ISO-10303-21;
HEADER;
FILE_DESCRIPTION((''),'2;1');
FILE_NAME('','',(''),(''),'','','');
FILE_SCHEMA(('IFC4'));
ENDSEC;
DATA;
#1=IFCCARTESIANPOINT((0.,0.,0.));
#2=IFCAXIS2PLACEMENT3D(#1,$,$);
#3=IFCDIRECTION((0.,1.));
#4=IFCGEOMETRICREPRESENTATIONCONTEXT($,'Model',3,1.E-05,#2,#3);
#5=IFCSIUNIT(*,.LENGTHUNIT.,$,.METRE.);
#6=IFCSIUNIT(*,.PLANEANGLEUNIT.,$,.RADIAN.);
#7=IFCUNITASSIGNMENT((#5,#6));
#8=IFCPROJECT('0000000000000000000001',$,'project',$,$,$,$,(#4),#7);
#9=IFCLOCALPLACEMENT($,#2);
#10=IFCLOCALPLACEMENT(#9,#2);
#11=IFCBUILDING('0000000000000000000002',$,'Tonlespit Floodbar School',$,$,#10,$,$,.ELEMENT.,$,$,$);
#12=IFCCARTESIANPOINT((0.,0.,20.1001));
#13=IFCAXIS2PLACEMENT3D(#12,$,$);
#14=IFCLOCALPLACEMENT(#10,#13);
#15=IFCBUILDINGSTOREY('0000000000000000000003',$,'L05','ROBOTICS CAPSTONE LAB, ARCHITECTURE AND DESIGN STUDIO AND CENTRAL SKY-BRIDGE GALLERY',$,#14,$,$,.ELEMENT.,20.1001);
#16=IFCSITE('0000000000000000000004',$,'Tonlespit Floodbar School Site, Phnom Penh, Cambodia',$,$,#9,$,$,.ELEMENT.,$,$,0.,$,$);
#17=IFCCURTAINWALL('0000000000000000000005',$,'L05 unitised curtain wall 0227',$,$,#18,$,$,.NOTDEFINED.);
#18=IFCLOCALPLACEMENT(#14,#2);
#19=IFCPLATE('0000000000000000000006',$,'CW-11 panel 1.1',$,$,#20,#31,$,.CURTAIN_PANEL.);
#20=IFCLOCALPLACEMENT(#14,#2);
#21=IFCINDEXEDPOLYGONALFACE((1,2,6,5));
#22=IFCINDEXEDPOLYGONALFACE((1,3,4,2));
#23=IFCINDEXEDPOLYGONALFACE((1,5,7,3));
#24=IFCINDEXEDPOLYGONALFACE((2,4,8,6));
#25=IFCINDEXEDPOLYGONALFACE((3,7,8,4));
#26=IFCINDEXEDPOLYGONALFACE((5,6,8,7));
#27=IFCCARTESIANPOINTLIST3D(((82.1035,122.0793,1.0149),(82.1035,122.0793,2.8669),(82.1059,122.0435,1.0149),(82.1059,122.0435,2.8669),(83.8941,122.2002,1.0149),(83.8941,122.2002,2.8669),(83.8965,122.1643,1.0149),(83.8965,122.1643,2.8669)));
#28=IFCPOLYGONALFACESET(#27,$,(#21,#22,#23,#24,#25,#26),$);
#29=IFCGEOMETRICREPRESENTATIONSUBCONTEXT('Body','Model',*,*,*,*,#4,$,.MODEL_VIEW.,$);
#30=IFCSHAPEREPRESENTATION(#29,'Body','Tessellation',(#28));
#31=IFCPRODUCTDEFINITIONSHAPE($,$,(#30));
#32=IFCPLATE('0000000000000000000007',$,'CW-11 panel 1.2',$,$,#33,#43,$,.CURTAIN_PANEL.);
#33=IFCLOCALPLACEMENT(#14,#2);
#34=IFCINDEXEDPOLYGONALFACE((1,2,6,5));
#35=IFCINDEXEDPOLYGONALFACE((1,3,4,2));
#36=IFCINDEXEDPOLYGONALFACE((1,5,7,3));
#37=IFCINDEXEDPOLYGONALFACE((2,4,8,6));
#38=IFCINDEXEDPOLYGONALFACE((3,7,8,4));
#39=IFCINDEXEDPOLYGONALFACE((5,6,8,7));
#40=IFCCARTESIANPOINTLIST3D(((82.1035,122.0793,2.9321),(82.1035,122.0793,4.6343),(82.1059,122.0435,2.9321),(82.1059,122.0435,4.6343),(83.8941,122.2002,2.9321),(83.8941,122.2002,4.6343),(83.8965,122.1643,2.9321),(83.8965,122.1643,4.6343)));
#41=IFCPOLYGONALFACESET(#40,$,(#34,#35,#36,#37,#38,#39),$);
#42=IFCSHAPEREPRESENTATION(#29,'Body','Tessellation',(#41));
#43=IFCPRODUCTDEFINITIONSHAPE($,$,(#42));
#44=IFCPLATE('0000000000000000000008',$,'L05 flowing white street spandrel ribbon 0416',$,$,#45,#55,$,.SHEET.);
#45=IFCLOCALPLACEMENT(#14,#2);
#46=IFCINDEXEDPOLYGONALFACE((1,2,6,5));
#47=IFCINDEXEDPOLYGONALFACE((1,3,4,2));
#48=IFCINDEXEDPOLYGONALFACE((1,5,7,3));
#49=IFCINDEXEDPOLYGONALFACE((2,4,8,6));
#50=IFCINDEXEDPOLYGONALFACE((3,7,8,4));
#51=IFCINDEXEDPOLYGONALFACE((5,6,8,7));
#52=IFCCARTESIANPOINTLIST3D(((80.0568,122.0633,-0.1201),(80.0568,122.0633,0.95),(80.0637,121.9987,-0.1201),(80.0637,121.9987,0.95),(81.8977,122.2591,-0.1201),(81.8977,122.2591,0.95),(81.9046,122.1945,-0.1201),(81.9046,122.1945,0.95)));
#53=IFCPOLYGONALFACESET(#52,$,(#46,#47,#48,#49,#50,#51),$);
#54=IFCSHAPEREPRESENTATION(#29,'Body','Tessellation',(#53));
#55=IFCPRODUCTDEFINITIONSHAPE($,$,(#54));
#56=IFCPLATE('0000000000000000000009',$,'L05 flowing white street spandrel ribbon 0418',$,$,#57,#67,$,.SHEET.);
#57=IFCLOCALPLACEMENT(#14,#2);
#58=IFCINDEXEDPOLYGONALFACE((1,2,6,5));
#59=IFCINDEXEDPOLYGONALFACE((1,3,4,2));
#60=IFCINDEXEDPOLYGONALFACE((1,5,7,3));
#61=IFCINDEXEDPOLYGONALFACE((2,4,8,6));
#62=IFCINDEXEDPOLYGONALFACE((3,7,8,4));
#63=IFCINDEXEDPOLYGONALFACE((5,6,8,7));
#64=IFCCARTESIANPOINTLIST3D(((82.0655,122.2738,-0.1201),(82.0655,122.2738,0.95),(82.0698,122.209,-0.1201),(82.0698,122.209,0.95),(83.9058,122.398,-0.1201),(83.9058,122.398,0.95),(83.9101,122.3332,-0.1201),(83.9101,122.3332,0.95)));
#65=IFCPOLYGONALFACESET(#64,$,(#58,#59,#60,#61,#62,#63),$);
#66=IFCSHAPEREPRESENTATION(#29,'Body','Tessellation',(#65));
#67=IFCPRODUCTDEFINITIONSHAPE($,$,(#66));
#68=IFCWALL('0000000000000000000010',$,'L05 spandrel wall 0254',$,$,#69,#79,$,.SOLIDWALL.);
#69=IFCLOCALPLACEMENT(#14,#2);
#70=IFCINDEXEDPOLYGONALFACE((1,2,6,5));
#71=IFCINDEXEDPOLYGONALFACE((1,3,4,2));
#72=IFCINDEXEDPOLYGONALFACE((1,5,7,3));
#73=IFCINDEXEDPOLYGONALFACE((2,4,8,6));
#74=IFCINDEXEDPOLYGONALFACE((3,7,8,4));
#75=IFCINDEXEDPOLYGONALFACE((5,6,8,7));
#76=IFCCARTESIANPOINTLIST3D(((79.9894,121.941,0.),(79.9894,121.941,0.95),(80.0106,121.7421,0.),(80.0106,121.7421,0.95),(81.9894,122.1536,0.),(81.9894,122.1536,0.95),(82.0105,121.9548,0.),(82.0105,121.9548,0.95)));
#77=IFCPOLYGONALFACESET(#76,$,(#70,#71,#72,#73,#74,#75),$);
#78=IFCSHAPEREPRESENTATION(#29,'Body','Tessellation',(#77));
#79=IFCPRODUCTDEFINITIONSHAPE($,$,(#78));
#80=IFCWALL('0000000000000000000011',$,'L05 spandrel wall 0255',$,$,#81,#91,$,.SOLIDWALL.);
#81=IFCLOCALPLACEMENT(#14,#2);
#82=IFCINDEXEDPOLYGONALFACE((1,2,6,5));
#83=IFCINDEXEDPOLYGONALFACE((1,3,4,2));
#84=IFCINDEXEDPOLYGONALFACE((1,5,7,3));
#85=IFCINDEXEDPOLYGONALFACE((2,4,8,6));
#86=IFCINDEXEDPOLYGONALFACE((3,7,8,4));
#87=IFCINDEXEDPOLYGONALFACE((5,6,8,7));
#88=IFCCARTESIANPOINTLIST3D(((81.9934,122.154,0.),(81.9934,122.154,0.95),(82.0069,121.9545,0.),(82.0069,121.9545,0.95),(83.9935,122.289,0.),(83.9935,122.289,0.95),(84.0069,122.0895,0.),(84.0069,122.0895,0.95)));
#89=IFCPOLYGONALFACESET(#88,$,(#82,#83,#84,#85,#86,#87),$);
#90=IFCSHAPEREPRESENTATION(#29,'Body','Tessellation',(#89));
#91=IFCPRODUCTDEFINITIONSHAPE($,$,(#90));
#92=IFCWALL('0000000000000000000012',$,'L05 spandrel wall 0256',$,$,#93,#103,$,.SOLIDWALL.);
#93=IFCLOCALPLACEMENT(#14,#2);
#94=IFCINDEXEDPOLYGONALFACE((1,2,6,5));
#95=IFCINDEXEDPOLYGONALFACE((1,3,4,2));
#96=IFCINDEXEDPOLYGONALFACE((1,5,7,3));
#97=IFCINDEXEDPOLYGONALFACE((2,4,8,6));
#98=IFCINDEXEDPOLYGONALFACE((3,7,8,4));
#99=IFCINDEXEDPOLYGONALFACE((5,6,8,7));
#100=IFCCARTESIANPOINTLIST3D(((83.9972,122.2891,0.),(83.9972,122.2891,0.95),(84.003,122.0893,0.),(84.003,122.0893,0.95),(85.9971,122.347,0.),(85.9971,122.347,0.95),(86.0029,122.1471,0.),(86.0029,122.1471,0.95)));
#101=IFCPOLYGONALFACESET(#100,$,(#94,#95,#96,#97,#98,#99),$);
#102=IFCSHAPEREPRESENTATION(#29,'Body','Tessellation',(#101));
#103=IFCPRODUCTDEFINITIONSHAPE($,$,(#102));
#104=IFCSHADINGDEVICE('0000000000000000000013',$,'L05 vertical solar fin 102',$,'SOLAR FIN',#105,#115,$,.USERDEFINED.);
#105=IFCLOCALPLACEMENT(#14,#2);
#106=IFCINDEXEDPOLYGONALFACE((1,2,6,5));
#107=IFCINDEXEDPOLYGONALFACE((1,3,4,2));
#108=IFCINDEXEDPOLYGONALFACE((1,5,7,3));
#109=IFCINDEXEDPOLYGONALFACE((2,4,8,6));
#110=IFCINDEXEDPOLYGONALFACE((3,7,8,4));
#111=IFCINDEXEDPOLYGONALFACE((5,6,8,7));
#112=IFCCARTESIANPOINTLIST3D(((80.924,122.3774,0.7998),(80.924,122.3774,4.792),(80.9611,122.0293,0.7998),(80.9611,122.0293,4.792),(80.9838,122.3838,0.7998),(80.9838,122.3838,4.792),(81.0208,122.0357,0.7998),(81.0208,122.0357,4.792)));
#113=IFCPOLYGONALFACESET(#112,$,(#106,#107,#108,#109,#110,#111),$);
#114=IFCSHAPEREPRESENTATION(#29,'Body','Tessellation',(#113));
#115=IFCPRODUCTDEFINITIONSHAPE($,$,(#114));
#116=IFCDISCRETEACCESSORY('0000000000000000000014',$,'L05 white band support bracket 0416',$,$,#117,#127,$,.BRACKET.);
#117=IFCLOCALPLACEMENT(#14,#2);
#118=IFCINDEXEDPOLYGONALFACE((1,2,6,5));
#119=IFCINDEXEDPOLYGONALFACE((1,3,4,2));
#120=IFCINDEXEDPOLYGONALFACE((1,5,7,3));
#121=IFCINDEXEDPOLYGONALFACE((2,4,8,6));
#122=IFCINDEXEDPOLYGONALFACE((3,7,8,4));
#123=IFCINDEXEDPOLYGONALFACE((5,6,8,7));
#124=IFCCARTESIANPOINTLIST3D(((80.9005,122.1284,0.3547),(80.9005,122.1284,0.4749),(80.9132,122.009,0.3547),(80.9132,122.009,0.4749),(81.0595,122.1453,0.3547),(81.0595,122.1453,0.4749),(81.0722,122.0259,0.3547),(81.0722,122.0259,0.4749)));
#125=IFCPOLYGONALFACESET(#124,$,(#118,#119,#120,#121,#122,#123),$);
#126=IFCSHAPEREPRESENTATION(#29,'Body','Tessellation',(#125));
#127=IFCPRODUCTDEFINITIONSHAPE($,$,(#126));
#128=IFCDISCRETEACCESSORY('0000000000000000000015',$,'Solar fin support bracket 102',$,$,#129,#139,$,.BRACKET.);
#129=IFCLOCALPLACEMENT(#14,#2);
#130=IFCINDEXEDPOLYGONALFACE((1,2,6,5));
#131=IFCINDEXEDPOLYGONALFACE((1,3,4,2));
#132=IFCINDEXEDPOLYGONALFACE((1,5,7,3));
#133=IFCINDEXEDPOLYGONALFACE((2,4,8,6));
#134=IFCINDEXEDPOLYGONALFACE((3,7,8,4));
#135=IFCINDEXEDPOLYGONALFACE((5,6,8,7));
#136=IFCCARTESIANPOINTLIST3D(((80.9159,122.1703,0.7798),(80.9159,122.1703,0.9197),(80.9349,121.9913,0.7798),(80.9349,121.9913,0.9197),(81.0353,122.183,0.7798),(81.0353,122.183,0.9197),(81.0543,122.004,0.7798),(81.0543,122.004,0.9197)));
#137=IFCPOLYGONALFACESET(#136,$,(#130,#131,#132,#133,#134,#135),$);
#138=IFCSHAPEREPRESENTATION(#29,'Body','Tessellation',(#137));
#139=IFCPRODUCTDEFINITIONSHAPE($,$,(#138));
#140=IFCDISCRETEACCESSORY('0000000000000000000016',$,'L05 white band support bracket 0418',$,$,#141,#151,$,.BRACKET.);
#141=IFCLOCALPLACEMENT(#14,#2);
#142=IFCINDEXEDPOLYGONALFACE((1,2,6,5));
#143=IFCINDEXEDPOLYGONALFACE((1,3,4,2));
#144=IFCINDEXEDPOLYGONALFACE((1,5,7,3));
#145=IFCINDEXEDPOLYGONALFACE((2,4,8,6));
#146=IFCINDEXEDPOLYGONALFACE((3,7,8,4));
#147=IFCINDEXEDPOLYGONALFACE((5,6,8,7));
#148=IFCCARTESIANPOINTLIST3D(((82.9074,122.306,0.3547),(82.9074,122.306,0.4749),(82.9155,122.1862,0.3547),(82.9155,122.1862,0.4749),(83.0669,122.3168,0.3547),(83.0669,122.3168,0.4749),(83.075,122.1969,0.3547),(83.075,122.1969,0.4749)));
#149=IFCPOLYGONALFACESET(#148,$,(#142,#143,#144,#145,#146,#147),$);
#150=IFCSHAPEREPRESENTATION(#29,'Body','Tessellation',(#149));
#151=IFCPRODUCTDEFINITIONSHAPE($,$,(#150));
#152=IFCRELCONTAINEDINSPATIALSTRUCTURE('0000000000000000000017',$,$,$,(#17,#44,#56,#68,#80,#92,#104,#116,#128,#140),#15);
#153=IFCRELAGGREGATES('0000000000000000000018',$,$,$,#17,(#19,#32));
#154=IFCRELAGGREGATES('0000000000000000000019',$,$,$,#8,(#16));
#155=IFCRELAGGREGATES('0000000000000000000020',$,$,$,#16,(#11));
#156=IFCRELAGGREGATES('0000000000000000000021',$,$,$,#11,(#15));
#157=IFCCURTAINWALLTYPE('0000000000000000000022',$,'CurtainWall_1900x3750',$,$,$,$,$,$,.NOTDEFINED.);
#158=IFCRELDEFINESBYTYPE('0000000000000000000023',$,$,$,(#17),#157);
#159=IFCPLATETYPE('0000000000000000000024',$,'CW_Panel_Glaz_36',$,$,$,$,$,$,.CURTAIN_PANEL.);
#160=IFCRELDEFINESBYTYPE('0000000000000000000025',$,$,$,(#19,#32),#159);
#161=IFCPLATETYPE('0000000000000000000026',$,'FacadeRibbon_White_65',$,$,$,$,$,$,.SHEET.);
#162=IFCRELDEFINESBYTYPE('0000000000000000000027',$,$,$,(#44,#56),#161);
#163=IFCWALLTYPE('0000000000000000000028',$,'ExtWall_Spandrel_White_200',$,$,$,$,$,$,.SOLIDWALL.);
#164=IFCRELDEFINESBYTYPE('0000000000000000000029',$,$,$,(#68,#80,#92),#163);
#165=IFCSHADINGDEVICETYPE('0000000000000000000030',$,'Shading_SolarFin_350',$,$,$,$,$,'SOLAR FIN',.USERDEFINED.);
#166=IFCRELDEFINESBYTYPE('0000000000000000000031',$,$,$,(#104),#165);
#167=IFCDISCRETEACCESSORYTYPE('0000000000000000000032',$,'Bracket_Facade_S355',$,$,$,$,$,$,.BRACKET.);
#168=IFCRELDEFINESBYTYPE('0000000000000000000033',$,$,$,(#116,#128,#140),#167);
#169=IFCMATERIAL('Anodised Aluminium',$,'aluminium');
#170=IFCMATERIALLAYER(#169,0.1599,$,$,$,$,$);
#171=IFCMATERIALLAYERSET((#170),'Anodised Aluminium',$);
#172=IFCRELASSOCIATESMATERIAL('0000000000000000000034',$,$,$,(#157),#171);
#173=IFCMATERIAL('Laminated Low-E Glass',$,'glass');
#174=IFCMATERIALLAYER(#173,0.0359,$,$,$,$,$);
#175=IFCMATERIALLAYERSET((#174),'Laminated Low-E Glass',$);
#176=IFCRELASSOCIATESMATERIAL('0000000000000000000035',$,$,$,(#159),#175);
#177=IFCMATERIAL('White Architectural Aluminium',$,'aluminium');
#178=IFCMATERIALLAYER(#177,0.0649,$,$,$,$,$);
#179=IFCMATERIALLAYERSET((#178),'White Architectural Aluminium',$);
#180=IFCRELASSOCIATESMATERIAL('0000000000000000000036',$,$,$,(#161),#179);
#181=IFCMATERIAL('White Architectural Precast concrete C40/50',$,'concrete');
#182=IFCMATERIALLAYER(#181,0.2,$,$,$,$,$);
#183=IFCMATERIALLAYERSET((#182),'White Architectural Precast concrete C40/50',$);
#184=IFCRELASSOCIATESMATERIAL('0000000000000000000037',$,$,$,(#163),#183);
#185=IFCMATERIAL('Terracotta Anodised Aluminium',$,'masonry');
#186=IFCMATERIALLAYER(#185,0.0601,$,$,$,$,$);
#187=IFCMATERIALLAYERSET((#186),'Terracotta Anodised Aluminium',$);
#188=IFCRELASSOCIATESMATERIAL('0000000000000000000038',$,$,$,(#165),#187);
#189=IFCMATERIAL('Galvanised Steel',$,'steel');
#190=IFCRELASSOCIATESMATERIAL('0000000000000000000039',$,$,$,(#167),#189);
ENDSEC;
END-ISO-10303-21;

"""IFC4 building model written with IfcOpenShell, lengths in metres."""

from ifc_helpers import new_model, si_unit, direction, frame, frame_2d, origin, origin_2d, place, context, subcontext, project, spatial, rectangle, extrude, material, layer, layer_set, type_object, element, aggregate, save


model = new_model("IFC4")

# Units and contexts
model_context = context("Model", 3, precision=1e-05, world=origin(), true_north=direction((0.0, 1.0)))
body_context = subcontext(model_context, "Body", "Model", "MODEL_VIEW")
ifc_project = project(units=[si_unit("LENGTHUNIT", "METRE"), si_unit("PLANEANGLEUNIT", "RADIAN")], contexts=[model_context])

# Site, building, storey
site_placement = place(None, origin())
site = spatial("IfcSite", under=ifc_project, at=site_placement, Name="Tonlespit Floodbar School Site, Phnom Penh, Cambodia", CompositionType="ELEMENT", RefElevation=0.0)
building_placement = place(site_placement, origin())
building = spatial("IfcBuilding", under=site, at=building_placement, Name="Tonlespit Floodbar School", CompositionType="ELEMENT")
storey_placement = place(building_placement, frame((0.0, 0.0, 20.1001)))
storey = spatial("IfcBuildingStorey", under=building, at=storey_placement, Name="L05", Description="ROBOTICS CAPSTONE LAB, ARCHITECTURE AND DESIGN STUDIO AND CENTRAL SKY-BRIDGE GALLERY", CompositionType="ELEMENT", Elevation=20.1001)

# Shared definitions
ifc_material_1 = material(Name="Anodised Aluminium", Category="aluminium")

# Curtain wall
ifc_layer_1 = layer(ifc_material_1, 0.1599)
ifc_layer_set_1 = layer_set([ifc_layer_1], Name="Anodised Aluminium")
curtain_wall_type_1 = type_object("IfcCurtainWallType", Name="CurtainWall_1900x3750", PredefinedType="NOTDEFINED", material=ifc_layer_set_1)
curtain_wall_1_placement = place(storey_placement, origin())
curtain_wall_1 = element("IfcCurtainWall", 1, at=curtain_wall_1_placement, inside=storey, type_object=curtain_wall_type_1, Name="L05 unitised curtain wall 0227", PredefinedType="NOTDEFINED")

# Plates
ifc_material_2 = material(Name="Laminated Low-E Glass", Category="glass")
ifc_layer_2 = layer(ifc_material_2, 0.0359)
ifc_layer_set_2 = layer_set([ifc_layer_2], Name="Laminated Low-E Glass")
plate_type_1 = type_object("IfcPlateType", Name="CW_Panel_Glaz_36", PredefinedType="CURTAIN_PANEL", material=ifc_layer_set_2)
plate_1_placement = place(storey_placement, frame((83.0, 122.1218, 1.0149), z_axis=(0.0, 0.0, 1.0), x_axis=(0.99773, 0.06734, 0.0)))
plate_1 = element("IfcPlate", 2, at=plate_1_placement, type_object=plate_type_1, Name="CW-11 panel 1.1", PredefinedType="CURTAIN_PANEL", context=body_context, shape_type="SweptSolid", body=[
    extrude(rectangle(XDim=1.7947, YDim=0.0359, at=origin_2d()), origin(), (0.0, 0.0, 1.0), 1.8521),
])
plate_2_placement = place(storey_placement, frame((83.0, 122.1218, 2.9321), z_axis=(0.0, 0.0, 1.0), x_axis=(0.99773, 0.06734, 0.0)))
plate_2 = element("IfcPlate", 3, at=plate_2_placement, type_object=plate_type_1, Name="CW-11 panel 1.2", PredefinedType="CURTAIN_PANEL", context=body_context, shape_type="SweptSolid", body=[
    extrude(rectangle(XDim=1.7947, YDim=0.0359, at=origin_2d()), origin(), (0.0, 0.0, 1.0), 1.7021),
])
aggregate(curtain_wall_1, [plate_1, plate_2])

# Plates
ifc_material_3 = material(Name="White Architectural Aluminium", Category="aluminium")
ifc_layer_3 = layer(ifc_material_3, 0.0649)
ifc_layer_set_3 = layer_set([ifc_layer_3], Name="White Architectural Aluminium")
plate_type_2 = type_object("IfcPlateType", Name="FacadeRibbon_White_65", PredefinedType="SHEET", material=ifc_layer_set_3)
plate_3_placement = place(storey_placement, frame((80.9807, 122.1289, -0.1201), z_axis=(0.0, 0.0, 1.0), x_axis=(0.994392, 0.105754, 0.0)))
element("IfcPlate", 4, at=plate_3_placement, inside=storey, type_object=plate_type_2, Name="L05 flowing white street spandrel ribbon 0416", PredefinedType="SHEET", context=body_context, shape_type="SweptSolid", body=[
    extrude(rectangle(XDim=1.8513, YDim=0.0649, at=origin_2d()), origin(), (0.0, 0.0, 1.0), 1.0701),
])
plate_4_placement = place(storey_placement, frame((82.9878, 122.3035, -0.1201), z_axis=(0.0, 0.0, 1.0), x_axis=(0.99773, 0.067347, 0.0)))
element("IfcPlate", 5, at=plate_4_placement, inside=storey, type_object=plate_type_2, Name="L05 flowing white street spandrel ribbon 0418", PredefinedType="SHEET", context=body_context, shape_type="SweptSolid", body=[
    extrude(rectangle(XDim=1.8445, YDim=0.0649, at=origin_2d()), origin(), (0.0, 0.0, 1.0), 1.0701),
])

# Walls
ifc_material_4 = material(Name="White Architectural Precast concrete C40/50", Category="concrete")
ifc_layer_4 = layer(ifc_material_4, 0.2)
ifc_layer_set_4 = layer_set([ifc_layer_4], Name="White Architectural Precast concrete C40/50")
wall_type = type_object("IfcWallType", Name="ExtWall_Spandrel_White_200", PredefinedType="SOLIDWALL", material=ifc_layer_set_4)
wall_1_placement = place(storey_placement, frame((80.0, 121.8416, 0.0), z_axis=(0.0, 0.0, 1.0), x_axis=(0.994395, 0.105727, 0.0)))
element("IfcWall", 6, at=wall_1_placement, inside=storey, type_object=wall_type, Name="L05 spandrel wall 0254", PredefinedType="SOLIDWALL", context=body_context, shape_type="SweptSolid", body=[
    extrude(rectangle(XDim=2.0112, YDim=0.2, at=frame_2d((1.0056, 0.0))), origin(), (0.0, 0.0, 1.0), 0.95),
])
wall_2_placement = place(storey_placement, frame((82.0, 122.0542, 0.0), z_axis=(0.0, 0.0, 1.0), x_axis=(0.997729, 0.067352, 0.0)))
element("IfcWall", 7, at=wall_2_placement, inside=storey, type_object=wall_type, Name="L05 spandrel wall 0255", PredefinedType="SOLIDWALL", context=body_context, shape_type="SweptSolid", body=[
    extrude(rectangle(XDim=2.0046, YDim=0.2, at=frame_2d((1.0024, 0.0))), origin(), (0.0, 0.0, 1.0), 0.95),
])
wall_3_placement = place(storey_placement, frame((84.0, 122.1892, 0.0), z_axis=(0.0, 0.0, 1.0), x_axis=(0.999582, 0.028919, 0.0)))
element("IfcWall", 8, at=wall_3_placement, inside=storey, type_object=wall_type, Name="L05 spandrel wall 0256", PredefinedType="SOLIDWALL", context=body_context, shape_type="SweptSolid", body=[
    extrude(rectangle(XDim=2.0007, YDim=0.2, at=frame_2d((1.0005, 0.0))), origin(), (0.0, 0.0, 1.0), 0.95),
])

# Shading device
ifc_material_5 = material(Name="Terracotta Anodised Aluminium", Category="masonry")
ifc_layer_5 = layer(ifc_material_5, 0.0601)
ifc_layer_set_5 = layer_set([ifc_layer_5], Name="Terracotta Anodised Aluminium")
shading_device_type = type_object("IfcShadingDeviceType", Name="Shading_SolarFin_350", ElementType="SOLAR FIN", PredefinedType="USERDEFINED", material=ifc_layer_set_5)
shading_device_placement = place(storey_placement, frame((80.9724, 122.2065, 0.7998), z_axis=(0.0, 0.0, 1.0), x_axis=(0.994392, 0.105754, 0.0)))
element("IfcShadingDevice", 9, at=shading_device_placement, inside=storey, type_object=shading_device_type, Name="L05 vertical solar fin 102", ObjectType="SOLAR FIN", PredefinedType="USERDEFINED", context=body_context, shape_type="SweptSolid", body=[
    extrude(rectangle(XDim=0.0601, YDim=0.3501, at=origin_2d()), origin(), (0.0, 0.0, 1.0), 3.9922),
])

# Discrete accessories
ifc_material_6 = material(Name="Galvanised Steel", Category="steel")
discrete_accessory_type = type_object("IfcDiscreteAccessoryType", Name="Bracket_Facade_S355", PredefinedType="BRACKET", material=ifc_material_6)
discrete_accessory_1_placement = place(storey_placement, frame((80.9863, 122.0771, 0.3547), z_axis=(0.0, 0.0, 1.0), x_axis=(0.994392, 0.105754, 0.0)))
element("IfcDiscreteAccessory", 10, at=discrete_accessory_1_placement, inside=storey, type_object=discrete_accessory_type, Name="L05 white band support bracket 0416", PredefinedType="BRACKET", context=body_context, shape_type="SweptSolid", body=[
    extrude(rectangle(XDim=0.1599, YDim=0.1201, at=origin_2d()), origin(), (0.0, 0.0, 1.0), 0.1201),
])
discrete_accessory_2_placement = place(storey_placement, frame((80.9851, 122.0872, 0.7798), z_axis=(0.0, 0.0, 1.0), x_axis=(0.994392, 0.105754, 0.0)))
element("IfcDiscreteAccessory", 11, at=discrete_accessory_2_placement, inside=storey, type_object=discrete_accessory_type, Name="Solar fin support bracket 102", PredefinedType="BRACKET", context=body_context, shape_type="SweptSolid", body=[
    extrude(rectangle(XDim=0.1201, YDim=0.1799, at=origin_2d()), origin(), (0.0, 0.0, 1.0), 0.1399),
])
discrete_accessory_3_placement = place(storey_placement, frame((82.9912, 122.2515, 0.3547), z_axis=(0.0, 0.0, 1.0), x_axis=(0.99773, 0.067347, 0.0)))
element("IfcDiscreteAccessory", 12, at=discrete_accessory_3_placement, inside=storey, type_object=discrete_accessory_type, Name="L05 white band support bracket 0418", PredefinedType="BRACKET", context=body_context, shape_type="SweptSolid", body=[
    extrude(rectangle(XDim=0.1599, YDim=0.1201, at=origin_2d()), origin(), (0.0, 0.0, 1.0), 0.1201),
])

save(model, "model.ifc")
